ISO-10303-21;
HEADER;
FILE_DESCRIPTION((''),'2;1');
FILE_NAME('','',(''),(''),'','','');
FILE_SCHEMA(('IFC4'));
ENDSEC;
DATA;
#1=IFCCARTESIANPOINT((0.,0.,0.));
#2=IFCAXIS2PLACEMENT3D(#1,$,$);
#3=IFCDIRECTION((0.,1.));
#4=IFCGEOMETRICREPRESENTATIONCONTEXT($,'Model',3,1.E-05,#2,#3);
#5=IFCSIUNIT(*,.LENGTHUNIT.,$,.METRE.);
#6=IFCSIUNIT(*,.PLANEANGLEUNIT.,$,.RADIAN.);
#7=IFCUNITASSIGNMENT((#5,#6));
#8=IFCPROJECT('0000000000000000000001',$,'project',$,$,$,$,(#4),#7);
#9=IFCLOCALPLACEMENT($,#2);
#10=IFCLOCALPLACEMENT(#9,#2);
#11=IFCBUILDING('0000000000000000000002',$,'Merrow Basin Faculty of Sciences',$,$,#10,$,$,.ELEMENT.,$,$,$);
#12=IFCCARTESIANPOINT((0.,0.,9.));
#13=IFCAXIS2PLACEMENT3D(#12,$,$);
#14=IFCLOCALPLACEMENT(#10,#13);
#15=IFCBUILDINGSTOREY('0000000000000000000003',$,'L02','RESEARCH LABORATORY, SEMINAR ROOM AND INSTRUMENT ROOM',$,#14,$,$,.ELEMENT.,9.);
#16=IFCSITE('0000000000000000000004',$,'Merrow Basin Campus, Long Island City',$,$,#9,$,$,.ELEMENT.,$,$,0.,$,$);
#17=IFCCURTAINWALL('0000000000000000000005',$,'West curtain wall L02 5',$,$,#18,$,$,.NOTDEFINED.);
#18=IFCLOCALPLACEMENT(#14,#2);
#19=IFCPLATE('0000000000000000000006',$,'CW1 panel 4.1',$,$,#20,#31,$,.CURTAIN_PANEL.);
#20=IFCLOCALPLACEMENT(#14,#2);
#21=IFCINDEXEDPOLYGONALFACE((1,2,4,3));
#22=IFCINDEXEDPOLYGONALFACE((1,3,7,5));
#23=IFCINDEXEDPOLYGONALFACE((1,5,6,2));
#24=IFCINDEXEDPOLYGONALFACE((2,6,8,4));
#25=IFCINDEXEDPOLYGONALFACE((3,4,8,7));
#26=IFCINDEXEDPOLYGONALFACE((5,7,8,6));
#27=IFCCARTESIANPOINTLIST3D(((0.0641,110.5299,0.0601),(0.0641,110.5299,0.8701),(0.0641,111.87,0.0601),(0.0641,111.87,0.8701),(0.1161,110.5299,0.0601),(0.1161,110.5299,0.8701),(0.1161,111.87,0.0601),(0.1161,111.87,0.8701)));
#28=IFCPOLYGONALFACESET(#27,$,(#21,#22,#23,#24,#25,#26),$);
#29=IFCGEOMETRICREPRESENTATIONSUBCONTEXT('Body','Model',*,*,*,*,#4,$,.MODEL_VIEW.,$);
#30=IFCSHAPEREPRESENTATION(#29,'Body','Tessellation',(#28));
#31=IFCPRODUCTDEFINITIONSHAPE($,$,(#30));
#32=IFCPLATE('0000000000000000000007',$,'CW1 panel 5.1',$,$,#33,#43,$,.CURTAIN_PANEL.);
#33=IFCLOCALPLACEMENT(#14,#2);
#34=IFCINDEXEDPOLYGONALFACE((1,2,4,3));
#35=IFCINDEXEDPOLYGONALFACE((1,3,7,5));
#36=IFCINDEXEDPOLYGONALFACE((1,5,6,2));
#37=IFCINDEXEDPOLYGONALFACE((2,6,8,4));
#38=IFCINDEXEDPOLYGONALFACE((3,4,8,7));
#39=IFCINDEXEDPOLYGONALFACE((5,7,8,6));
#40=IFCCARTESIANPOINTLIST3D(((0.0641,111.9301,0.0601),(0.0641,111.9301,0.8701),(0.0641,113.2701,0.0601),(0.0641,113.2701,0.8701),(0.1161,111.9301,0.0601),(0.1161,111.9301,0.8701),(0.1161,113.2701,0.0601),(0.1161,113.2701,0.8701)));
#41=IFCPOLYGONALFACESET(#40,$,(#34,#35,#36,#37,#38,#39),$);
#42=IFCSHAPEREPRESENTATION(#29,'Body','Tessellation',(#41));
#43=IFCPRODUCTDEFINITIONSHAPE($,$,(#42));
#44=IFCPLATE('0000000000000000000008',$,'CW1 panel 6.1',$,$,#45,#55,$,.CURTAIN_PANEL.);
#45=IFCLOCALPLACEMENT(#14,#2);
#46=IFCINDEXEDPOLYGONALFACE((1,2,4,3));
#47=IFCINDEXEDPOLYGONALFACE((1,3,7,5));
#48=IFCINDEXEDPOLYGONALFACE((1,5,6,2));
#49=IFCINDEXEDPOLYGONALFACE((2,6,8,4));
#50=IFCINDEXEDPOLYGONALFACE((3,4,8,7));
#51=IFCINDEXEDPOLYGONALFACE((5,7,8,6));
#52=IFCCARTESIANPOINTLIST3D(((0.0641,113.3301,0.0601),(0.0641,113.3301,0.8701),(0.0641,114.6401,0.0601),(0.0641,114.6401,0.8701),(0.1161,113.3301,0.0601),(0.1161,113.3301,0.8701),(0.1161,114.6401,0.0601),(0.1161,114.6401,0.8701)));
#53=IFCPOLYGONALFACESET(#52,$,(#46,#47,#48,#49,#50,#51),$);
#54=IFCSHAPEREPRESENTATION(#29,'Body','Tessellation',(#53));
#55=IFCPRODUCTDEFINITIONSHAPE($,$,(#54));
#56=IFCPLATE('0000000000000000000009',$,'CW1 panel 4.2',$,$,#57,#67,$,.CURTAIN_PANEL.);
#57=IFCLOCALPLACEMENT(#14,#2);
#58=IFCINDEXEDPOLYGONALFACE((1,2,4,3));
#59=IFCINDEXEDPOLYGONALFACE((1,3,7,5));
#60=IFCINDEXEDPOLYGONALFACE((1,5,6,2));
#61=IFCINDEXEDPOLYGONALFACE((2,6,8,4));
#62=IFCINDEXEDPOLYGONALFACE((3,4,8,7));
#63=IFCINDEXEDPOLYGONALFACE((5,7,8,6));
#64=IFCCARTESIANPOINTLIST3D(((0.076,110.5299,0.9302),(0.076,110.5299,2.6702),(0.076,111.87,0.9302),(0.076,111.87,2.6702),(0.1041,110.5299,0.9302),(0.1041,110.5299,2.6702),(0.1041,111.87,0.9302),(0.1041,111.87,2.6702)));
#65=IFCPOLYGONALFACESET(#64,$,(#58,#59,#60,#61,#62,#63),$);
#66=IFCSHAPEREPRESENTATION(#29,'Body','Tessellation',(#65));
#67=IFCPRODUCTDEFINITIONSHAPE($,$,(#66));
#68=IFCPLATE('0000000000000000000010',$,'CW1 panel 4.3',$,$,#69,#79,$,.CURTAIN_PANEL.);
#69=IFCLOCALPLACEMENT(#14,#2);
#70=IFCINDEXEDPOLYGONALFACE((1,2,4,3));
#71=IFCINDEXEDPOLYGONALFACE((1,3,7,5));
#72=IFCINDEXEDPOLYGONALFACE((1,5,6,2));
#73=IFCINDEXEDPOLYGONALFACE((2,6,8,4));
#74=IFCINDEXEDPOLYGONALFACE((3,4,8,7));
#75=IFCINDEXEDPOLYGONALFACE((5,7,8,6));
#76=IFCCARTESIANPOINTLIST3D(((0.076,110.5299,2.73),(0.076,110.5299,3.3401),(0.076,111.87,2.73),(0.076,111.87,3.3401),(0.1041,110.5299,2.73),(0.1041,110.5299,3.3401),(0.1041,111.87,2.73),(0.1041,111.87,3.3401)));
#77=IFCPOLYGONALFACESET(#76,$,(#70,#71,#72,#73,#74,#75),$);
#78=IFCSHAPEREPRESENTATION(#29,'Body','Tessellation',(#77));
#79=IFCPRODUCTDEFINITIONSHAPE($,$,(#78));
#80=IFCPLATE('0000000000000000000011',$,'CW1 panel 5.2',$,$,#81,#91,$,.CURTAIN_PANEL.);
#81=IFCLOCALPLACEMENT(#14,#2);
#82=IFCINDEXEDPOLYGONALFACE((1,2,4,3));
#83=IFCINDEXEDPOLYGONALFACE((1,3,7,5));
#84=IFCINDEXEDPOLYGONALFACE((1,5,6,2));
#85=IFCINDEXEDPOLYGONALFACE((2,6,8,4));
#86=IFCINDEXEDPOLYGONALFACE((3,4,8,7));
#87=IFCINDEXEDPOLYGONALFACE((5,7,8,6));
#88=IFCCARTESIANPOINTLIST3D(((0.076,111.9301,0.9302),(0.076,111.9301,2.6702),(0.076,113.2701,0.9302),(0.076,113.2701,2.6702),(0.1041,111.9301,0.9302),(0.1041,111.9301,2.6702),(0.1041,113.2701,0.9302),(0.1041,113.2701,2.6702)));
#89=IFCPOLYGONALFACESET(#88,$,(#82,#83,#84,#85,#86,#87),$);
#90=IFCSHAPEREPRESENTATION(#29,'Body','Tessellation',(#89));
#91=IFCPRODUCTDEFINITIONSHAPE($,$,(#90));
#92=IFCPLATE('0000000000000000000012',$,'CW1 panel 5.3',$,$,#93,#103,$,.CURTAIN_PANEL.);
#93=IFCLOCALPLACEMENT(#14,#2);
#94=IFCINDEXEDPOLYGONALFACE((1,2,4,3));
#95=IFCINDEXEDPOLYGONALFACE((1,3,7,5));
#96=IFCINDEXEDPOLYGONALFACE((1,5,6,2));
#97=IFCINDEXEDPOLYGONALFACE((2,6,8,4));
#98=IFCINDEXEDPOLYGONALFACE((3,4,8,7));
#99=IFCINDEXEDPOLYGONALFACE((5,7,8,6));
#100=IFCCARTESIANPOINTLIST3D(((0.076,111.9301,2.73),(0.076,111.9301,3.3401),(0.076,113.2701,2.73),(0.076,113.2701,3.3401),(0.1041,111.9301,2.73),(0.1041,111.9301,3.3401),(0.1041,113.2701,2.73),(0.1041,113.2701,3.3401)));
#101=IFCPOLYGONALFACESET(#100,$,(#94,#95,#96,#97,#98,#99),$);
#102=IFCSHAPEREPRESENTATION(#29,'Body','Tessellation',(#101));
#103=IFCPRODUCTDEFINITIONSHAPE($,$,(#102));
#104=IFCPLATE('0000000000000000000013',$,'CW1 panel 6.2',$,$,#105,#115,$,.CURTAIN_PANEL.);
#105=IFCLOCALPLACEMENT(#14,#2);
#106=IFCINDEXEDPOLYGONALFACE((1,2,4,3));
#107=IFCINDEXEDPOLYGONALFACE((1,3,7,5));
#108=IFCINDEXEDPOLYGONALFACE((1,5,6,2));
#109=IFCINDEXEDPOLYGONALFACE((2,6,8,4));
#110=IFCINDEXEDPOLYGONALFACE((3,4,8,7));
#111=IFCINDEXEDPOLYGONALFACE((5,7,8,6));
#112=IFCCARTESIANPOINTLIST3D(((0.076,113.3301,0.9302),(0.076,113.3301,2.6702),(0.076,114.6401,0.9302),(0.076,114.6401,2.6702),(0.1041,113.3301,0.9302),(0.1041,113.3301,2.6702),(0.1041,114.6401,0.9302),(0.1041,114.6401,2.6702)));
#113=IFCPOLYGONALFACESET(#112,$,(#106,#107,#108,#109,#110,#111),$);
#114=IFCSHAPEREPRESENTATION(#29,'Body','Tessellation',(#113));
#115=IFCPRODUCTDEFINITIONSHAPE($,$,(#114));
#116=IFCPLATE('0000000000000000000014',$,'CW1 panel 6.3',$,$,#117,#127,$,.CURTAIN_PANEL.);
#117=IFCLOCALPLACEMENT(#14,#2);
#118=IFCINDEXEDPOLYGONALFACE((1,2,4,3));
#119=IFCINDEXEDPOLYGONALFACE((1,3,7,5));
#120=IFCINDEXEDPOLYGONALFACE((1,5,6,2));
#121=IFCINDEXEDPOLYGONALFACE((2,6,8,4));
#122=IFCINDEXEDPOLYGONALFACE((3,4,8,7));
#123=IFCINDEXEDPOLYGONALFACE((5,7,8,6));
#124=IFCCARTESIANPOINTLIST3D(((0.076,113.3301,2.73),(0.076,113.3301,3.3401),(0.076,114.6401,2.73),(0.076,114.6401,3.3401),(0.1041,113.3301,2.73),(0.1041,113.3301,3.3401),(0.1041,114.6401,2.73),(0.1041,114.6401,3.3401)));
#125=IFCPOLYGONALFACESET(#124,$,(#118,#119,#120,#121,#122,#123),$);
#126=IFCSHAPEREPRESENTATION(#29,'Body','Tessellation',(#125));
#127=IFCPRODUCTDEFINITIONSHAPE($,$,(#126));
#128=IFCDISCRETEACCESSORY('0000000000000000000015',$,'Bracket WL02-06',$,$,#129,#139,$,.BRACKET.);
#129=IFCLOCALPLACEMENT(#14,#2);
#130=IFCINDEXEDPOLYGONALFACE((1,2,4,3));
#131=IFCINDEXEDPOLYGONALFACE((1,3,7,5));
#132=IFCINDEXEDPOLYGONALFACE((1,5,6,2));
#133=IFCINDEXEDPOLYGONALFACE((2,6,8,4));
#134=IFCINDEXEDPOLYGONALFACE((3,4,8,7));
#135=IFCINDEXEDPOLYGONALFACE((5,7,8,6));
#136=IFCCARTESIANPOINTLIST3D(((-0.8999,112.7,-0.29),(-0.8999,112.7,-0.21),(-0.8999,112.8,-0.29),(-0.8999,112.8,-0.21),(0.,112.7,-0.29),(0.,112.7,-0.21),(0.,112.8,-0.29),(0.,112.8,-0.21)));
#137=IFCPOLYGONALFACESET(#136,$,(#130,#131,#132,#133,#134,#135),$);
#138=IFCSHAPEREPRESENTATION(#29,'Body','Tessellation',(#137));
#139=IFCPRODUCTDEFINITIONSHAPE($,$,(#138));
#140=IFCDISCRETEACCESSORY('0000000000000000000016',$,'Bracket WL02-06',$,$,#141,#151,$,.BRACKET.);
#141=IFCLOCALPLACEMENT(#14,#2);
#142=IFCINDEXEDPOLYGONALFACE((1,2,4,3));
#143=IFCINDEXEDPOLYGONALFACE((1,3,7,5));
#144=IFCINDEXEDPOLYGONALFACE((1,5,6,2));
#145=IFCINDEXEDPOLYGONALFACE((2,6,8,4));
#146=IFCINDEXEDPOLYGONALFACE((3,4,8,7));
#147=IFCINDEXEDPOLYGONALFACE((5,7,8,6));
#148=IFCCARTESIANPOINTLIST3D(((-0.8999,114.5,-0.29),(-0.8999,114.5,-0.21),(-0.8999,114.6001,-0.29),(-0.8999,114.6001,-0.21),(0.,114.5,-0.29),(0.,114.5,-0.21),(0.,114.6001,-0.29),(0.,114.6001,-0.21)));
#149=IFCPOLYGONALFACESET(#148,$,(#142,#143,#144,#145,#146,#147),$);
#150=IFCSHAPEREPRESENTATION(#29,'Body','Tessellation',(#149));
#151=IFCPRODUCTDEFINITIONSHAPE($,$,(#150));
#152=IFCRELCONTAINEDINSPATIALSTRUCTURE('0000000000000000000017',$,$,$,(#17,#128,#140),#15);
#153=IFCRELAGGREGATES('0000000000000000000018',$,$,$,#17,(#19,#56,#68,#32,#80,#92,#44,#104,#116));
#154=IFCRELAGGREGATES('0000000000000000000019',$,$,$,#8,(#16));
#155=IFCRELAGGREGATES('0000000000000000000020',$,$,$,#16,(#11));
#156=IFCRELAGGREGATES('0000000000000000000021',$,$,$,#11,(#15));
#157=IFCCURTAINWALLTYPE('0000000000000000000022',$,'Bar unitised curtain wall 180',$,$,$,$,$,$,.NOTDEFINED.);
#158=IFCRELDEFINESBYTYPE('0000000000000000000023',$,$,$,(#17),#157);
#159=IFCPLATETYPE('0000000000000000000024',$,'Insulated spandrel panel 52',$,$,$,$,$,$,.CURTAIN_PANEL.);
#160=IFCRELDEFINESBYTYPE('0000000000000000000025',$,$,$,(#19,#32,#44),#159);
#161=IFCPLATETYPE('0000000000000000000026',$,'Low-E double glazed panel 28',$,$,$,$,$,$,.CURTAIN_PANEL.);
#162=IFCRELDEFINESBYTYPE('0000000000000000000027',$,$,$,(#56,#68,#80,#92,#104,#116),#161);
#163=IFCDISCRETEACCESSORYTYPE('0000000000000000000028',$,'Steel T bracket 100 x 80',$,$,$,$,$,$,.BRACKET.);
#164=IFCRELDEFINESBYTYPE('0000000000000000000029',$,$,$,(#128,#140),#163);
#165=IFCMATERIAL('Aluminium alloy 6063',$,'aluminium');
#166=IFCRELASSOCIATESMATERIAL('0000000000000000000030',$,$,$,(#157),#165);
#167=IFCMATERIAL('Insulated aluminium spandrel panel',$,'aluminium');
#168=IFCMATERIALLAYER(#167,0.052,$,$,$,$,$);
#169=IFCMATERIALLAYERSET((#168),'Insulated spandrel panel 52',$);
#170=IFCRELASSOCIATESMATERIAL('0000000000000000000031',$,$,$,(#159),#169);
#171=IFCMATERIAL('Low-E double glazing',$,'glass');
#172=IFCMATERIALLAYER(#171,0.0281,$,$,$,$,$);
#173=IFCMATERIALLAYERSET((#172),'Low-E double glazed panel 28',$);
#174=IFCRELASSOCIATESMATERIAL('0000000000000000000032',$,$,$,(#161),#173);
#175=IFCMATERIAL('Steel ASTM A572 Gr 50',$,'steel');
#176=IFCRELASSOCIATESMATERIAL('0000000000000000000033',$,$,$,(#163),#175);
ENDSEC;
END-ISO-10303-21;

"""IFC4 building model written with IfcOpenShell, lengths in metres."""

from ifc_helpers import new_model, si_unit, direction, frame, origin, origin_2d, place, context, subcontext, project, spatial, polyline, rectangle, outline, extrude, source, transform, mapped, material, layer, layer_set, type_object, element, aggregate, save


model = new_model("IFC4")

# Units and contexts
model_context = context("Model", 3, precision=1e-05, world=origin(), true_north=direction((0.0, 1.0)))
body_context = subcontext(model_context, "Body", "Model", "MODEL_VIEW")
ifc_project = project(units=[si_unit("LENGTHUNIT", "METRE"), si_unit("PLANEANGLEUNIT", "RADIAN")], contexts=[model_context])

# Site, building, storey
site_placement = place(None, origin())
site = spatial("IfcSite", under=ifc_project, at=site_placement, Name="Merrow Basin Campus, Long Island City", CompositionType="ELEMENT", RefElevation=0.0)
building_placement = place(site_placement, origin())
building = spatial("IfcBuilding", under=site, at=building_placement, Name="Merrow Basin Faculty of Sciences", CompositionType="ELEMENT")
storey_placement = place(building_placement, frame((0.0, 0.0, 9.0)))
storey = spatial("IfcBuildingStorey", under=building, at=storey_placement, Name="L02", Description="RESEARCH LABORATORY, SEMINAR ROOM AND INSTRUMENT ROOM", CompositionType="ELEMENT", Elevation=9.0)

# Curtain wall
ifc_material_1 = material(Name="Aluminium alloy 6063", Category="aluminium")
curtain_wall_type = type_object("IfcCurtainWallType", Name="Bar unitised curtain wall 180", PredefinedType="NOTDEFINED", material=ifc_material_1)
curtain_wall_placement = place(storey_placement, origin())
curtain_wall = element("IfcCurtainWall", 1, at=curtain_wall_placement, inside=storey, type_object=curtain_wall_type, Name="West curtain wall L02 5", PredefinedType="NOTDEFINED")

# Plates
ifc_material_2 = material(Name="Insulated aluminium spandrel panel", Category="aluminium")
ifc_layer_1 = layer(ifc_material_2, 0.052)
ifc_layer_set_1 = layer_set([ifc_layer_1], Name="Insulated spandrel panel 52")
plate_type_1 = type_object("IfcPlateType", Name="Insulated spandrel panel 52", PredefinedType="CURTAIN_PANEL", material=ifc_layer_set_1)
plate_1_placement = place(storey_placement, frame((0.0901, 111.2, 0.0601), z_axis=(0.0, 0.0, 1.0), x_axis=(0.0, 1.0, 0.0)))
plate_1 = element("IfcPlate", 2, at=plate_1_placement, type_object=plate_type_1, Name="CW1 panel 4.1", PredefinedType="CURTAIN_PANEL", context=body_context, shape_type="SweptSolid", body=[
    extrude(rectangle(XDim=1.3401, YDim=0.052, at=origin_2d()), origin(), (0.0, 0.0, 1.0), 0.8101),
])
plate_2_placement = place(storey_placement, frame((0.0901, 112.6001, 0.0601), z_axis=(0.0, 0.0, 1.0), x_axis=(0.0, 1.0, 0.0)))
plate_2 = element("IfcPlate", 3, at=plate_2_placement, type_object=plate_type_1, Name="CW1 panel 5.1", PredefinedType="CURTAIN_PANEL", context=body_context, shape_type="SweptSolid", body=[
    extrude(rectangle(XDim=1.3401, YDim=0.052, at=origin_2d()), origin(), (0.0, 0.0, 1.0), 0.8101),
])
plate_3_placement = place(storey_placement, frame((0.0901, 113.9851, 0.0601), z_axis=(0.0, 0.0, 1.0), x_axis=(0.0, 1.0, 0.0)))
plate_3 = element("IfcPlate", 4, at=plate_3_placement, type_object=plate_type_1, Name="CW1 panel 6.1", PredefinedType="CURTAIN_PANEL", context=body_context, shape_type="SweptSolid", body=[
    extrude(rectangle(XDim=1.3101, YDim=0.052, at=origin_2d()), origin(), (0.0, 0.0, 1.0), 0.8101),
])
ifc_material_3 = material(Name="Low-E double glazing", Category="glass")
ifc_layer_2 = layer(ifc_material_3, 0.0281)
ifc_layer_set_2 = layer_set([ifc_layer_2], Name="Low-E double glazed panel 28")
plate_type_2 = type_object("IfcPlateType", Name="Low-E double glazed panel 28", PredefinedType="CURTAIN_PANEL", material=ifc_layer_set_2)
plate_4_placement = place(storey_placement, frame((0.0901, 111.2, 0.9302), z_axis=(0.0, 0.0, 1.0), x_axis=(0.0, 1.0, 0.0)))
plate_4 = element("IfcPlate", 5, at=plate_4_placement, type_object=plate_type_2, Name="CW1 panel 4.2", PredefinedType="CURTAIN_PANEL", context=body_context, shape_type="SweptSolid", body=[
    extrude(rectangle(XDim=1.3401, YDim=0.0281, at=origin_2d()), origin(), (0.0, 0.0, 1.0), 1.74),
])
plate_5_placement = place(storey_placement, frame((0.0901, 111.2, 2.73), z_axis=(0.0, 0.0, 1.0), x_axis=(0.0, 1.0, 0.0)))
plate_5 = element("IfcPlate", 6, at=plate_5_placement, type_object=plate_type_2, Name="CW1 panel 4.3", PredefinedType="CURTAIN_PANEL", context=body_context, shape_type="SweptSolid", body=[
    extrude(rectangle(XDim=1.3401, YDim=0.0281, at=origin_2d()), origin(), (0.0, 0.0, 1.0), 0.6101),
])
plate_6_placement = place(storey_placement, frame((0.0901, 112.6001, 0.9302), z_axis=(0.0, 0.0, 1.0), x_axis=(0.0, 1.0, 0.0)))
plate_6 = element("IfcPlate", 7, at=plate_6_placement, type_object=plate_type_2, Name="CW1 panel 5.2", PredefinedType="CURTAIN_PANEL", context=body_context, shape_type="SweptSolid", body=[
    extrude(rectangle(XDim=1.3401, YDim=0.0281, at=origin_2d()), origin(), (0.0, 0.0, 1.0), 1.74),
])
plate_7_placement = place(storey_placement, frame((0.0901, 112.6001, 2.73), z_axis=(0.0, 0.0, 1.0), x_axis=(0.0, 1.0, 0.0)))
plate_7 = element("IfcPlate", 8, at=plate_7_placement, type_object=plate_type_2, Name="CW1 panel 5.3", PredefinedType="CURTAIN_PANEL", context=body_context, shape_type="SweptSolid", body=[
    extrude(rectangle(XDim=1.3401, YDim=0.0281, at=origin_2d()), origin(), (0.0, 0.0, 1.0), 0.6101),
])
plate_8_placement = place(storey_placement, frame((0.0901, 113.9851, 0.9302), z_axis=(0.0, 0.0, 1.0), x_axis=(0.0, 1.0, 0.0)))
plate_8 = element("IfcPlate", 9, at=plate_8_placement, type_object=plate_type_2, Name="CW1 panel 6.2", PredefinedType="CURTAIN_PANEL", context=body_context, shape_type="SweptSolid", body=[
    extrude(rectangle(XDim=1.3101, YDim=0.0281, at=origin_2d()), origin(), (0.0, 0.0, 1.0), 1.74),
])
plate_9_placement = place(storey_placement, frame((0.0901, 113.9851, 2.73), z_axis=(0.0, 0.0, 1.0), x_axis=(0.0, 1.0, 0.0)))
plate_9 = element("IfcPlate", 10, at=plate_9_placement, type_object=plate_type_2, Name="CW1 panel 6.3", PredefinedType="CURTAIN_PANEL", context=body_context, shape_type="SweptSolid", body=[
    extrude(rectangle(XDim=1.3101, YDim=0.0281, at=origin_2d()), origin(), (0.0, 0.0, 1.0), 0.6101),
])
aggregate(curtain_wall, [plate_1, plate_4, plate_5, plate_2, plate_6, plate_7, plate_3, plate_8, plate_9])

# Discrete accessories
ifc_material_4 = material(Name="Steel ASTM A572 Gr 50", Category="steel")
discrete_accessory_type = type_object("IfcDiscreteAccessoryType", Name="Steel T bracket 100 x 80", PredefinedType="BRACKET", material=ifc_material_4)
shared_shape_1 = source(origin(), body_context, "Body", "SweptSolid", [
    extrude(outline(polyline([(0.0, 0.0), (0.1001, 0.0), (0.1001, 0.0801), (0.0, 0.0801), (0.0, 0.0)])), origin(), (0.0, 0.0, 1.0), 0.8999),
])
for number, where, z_axis, x_axis, name in (
    (11, (-0.8999, 112.7, -0.29), (1.0, 0.0, 0.0), (0.0, 1.0, 0.0), "Bracket WL02-06"),
    (12, (-0.8999, 114.5, -0.29), (1.0, 0.0, 0.0), (0.0, 1.0, 0.0), "Bracket WL02-06"),
):
    element("IfcDiscreteAccessory", number, at=place(storey_placement, frame(where, z_axis=z_axis, x_axis=x_axis)), inside=storey, type_object=discrete_accessory_type, Name=name, PredefinedType="BRACKET", context=body_context, shape_type="MappedRepresentation", body=[
        mapped(shared_shape_1, transform((0.0, 0.0, 0.0), scale=1.0)),
    ])

save(model, "model.ifc")
